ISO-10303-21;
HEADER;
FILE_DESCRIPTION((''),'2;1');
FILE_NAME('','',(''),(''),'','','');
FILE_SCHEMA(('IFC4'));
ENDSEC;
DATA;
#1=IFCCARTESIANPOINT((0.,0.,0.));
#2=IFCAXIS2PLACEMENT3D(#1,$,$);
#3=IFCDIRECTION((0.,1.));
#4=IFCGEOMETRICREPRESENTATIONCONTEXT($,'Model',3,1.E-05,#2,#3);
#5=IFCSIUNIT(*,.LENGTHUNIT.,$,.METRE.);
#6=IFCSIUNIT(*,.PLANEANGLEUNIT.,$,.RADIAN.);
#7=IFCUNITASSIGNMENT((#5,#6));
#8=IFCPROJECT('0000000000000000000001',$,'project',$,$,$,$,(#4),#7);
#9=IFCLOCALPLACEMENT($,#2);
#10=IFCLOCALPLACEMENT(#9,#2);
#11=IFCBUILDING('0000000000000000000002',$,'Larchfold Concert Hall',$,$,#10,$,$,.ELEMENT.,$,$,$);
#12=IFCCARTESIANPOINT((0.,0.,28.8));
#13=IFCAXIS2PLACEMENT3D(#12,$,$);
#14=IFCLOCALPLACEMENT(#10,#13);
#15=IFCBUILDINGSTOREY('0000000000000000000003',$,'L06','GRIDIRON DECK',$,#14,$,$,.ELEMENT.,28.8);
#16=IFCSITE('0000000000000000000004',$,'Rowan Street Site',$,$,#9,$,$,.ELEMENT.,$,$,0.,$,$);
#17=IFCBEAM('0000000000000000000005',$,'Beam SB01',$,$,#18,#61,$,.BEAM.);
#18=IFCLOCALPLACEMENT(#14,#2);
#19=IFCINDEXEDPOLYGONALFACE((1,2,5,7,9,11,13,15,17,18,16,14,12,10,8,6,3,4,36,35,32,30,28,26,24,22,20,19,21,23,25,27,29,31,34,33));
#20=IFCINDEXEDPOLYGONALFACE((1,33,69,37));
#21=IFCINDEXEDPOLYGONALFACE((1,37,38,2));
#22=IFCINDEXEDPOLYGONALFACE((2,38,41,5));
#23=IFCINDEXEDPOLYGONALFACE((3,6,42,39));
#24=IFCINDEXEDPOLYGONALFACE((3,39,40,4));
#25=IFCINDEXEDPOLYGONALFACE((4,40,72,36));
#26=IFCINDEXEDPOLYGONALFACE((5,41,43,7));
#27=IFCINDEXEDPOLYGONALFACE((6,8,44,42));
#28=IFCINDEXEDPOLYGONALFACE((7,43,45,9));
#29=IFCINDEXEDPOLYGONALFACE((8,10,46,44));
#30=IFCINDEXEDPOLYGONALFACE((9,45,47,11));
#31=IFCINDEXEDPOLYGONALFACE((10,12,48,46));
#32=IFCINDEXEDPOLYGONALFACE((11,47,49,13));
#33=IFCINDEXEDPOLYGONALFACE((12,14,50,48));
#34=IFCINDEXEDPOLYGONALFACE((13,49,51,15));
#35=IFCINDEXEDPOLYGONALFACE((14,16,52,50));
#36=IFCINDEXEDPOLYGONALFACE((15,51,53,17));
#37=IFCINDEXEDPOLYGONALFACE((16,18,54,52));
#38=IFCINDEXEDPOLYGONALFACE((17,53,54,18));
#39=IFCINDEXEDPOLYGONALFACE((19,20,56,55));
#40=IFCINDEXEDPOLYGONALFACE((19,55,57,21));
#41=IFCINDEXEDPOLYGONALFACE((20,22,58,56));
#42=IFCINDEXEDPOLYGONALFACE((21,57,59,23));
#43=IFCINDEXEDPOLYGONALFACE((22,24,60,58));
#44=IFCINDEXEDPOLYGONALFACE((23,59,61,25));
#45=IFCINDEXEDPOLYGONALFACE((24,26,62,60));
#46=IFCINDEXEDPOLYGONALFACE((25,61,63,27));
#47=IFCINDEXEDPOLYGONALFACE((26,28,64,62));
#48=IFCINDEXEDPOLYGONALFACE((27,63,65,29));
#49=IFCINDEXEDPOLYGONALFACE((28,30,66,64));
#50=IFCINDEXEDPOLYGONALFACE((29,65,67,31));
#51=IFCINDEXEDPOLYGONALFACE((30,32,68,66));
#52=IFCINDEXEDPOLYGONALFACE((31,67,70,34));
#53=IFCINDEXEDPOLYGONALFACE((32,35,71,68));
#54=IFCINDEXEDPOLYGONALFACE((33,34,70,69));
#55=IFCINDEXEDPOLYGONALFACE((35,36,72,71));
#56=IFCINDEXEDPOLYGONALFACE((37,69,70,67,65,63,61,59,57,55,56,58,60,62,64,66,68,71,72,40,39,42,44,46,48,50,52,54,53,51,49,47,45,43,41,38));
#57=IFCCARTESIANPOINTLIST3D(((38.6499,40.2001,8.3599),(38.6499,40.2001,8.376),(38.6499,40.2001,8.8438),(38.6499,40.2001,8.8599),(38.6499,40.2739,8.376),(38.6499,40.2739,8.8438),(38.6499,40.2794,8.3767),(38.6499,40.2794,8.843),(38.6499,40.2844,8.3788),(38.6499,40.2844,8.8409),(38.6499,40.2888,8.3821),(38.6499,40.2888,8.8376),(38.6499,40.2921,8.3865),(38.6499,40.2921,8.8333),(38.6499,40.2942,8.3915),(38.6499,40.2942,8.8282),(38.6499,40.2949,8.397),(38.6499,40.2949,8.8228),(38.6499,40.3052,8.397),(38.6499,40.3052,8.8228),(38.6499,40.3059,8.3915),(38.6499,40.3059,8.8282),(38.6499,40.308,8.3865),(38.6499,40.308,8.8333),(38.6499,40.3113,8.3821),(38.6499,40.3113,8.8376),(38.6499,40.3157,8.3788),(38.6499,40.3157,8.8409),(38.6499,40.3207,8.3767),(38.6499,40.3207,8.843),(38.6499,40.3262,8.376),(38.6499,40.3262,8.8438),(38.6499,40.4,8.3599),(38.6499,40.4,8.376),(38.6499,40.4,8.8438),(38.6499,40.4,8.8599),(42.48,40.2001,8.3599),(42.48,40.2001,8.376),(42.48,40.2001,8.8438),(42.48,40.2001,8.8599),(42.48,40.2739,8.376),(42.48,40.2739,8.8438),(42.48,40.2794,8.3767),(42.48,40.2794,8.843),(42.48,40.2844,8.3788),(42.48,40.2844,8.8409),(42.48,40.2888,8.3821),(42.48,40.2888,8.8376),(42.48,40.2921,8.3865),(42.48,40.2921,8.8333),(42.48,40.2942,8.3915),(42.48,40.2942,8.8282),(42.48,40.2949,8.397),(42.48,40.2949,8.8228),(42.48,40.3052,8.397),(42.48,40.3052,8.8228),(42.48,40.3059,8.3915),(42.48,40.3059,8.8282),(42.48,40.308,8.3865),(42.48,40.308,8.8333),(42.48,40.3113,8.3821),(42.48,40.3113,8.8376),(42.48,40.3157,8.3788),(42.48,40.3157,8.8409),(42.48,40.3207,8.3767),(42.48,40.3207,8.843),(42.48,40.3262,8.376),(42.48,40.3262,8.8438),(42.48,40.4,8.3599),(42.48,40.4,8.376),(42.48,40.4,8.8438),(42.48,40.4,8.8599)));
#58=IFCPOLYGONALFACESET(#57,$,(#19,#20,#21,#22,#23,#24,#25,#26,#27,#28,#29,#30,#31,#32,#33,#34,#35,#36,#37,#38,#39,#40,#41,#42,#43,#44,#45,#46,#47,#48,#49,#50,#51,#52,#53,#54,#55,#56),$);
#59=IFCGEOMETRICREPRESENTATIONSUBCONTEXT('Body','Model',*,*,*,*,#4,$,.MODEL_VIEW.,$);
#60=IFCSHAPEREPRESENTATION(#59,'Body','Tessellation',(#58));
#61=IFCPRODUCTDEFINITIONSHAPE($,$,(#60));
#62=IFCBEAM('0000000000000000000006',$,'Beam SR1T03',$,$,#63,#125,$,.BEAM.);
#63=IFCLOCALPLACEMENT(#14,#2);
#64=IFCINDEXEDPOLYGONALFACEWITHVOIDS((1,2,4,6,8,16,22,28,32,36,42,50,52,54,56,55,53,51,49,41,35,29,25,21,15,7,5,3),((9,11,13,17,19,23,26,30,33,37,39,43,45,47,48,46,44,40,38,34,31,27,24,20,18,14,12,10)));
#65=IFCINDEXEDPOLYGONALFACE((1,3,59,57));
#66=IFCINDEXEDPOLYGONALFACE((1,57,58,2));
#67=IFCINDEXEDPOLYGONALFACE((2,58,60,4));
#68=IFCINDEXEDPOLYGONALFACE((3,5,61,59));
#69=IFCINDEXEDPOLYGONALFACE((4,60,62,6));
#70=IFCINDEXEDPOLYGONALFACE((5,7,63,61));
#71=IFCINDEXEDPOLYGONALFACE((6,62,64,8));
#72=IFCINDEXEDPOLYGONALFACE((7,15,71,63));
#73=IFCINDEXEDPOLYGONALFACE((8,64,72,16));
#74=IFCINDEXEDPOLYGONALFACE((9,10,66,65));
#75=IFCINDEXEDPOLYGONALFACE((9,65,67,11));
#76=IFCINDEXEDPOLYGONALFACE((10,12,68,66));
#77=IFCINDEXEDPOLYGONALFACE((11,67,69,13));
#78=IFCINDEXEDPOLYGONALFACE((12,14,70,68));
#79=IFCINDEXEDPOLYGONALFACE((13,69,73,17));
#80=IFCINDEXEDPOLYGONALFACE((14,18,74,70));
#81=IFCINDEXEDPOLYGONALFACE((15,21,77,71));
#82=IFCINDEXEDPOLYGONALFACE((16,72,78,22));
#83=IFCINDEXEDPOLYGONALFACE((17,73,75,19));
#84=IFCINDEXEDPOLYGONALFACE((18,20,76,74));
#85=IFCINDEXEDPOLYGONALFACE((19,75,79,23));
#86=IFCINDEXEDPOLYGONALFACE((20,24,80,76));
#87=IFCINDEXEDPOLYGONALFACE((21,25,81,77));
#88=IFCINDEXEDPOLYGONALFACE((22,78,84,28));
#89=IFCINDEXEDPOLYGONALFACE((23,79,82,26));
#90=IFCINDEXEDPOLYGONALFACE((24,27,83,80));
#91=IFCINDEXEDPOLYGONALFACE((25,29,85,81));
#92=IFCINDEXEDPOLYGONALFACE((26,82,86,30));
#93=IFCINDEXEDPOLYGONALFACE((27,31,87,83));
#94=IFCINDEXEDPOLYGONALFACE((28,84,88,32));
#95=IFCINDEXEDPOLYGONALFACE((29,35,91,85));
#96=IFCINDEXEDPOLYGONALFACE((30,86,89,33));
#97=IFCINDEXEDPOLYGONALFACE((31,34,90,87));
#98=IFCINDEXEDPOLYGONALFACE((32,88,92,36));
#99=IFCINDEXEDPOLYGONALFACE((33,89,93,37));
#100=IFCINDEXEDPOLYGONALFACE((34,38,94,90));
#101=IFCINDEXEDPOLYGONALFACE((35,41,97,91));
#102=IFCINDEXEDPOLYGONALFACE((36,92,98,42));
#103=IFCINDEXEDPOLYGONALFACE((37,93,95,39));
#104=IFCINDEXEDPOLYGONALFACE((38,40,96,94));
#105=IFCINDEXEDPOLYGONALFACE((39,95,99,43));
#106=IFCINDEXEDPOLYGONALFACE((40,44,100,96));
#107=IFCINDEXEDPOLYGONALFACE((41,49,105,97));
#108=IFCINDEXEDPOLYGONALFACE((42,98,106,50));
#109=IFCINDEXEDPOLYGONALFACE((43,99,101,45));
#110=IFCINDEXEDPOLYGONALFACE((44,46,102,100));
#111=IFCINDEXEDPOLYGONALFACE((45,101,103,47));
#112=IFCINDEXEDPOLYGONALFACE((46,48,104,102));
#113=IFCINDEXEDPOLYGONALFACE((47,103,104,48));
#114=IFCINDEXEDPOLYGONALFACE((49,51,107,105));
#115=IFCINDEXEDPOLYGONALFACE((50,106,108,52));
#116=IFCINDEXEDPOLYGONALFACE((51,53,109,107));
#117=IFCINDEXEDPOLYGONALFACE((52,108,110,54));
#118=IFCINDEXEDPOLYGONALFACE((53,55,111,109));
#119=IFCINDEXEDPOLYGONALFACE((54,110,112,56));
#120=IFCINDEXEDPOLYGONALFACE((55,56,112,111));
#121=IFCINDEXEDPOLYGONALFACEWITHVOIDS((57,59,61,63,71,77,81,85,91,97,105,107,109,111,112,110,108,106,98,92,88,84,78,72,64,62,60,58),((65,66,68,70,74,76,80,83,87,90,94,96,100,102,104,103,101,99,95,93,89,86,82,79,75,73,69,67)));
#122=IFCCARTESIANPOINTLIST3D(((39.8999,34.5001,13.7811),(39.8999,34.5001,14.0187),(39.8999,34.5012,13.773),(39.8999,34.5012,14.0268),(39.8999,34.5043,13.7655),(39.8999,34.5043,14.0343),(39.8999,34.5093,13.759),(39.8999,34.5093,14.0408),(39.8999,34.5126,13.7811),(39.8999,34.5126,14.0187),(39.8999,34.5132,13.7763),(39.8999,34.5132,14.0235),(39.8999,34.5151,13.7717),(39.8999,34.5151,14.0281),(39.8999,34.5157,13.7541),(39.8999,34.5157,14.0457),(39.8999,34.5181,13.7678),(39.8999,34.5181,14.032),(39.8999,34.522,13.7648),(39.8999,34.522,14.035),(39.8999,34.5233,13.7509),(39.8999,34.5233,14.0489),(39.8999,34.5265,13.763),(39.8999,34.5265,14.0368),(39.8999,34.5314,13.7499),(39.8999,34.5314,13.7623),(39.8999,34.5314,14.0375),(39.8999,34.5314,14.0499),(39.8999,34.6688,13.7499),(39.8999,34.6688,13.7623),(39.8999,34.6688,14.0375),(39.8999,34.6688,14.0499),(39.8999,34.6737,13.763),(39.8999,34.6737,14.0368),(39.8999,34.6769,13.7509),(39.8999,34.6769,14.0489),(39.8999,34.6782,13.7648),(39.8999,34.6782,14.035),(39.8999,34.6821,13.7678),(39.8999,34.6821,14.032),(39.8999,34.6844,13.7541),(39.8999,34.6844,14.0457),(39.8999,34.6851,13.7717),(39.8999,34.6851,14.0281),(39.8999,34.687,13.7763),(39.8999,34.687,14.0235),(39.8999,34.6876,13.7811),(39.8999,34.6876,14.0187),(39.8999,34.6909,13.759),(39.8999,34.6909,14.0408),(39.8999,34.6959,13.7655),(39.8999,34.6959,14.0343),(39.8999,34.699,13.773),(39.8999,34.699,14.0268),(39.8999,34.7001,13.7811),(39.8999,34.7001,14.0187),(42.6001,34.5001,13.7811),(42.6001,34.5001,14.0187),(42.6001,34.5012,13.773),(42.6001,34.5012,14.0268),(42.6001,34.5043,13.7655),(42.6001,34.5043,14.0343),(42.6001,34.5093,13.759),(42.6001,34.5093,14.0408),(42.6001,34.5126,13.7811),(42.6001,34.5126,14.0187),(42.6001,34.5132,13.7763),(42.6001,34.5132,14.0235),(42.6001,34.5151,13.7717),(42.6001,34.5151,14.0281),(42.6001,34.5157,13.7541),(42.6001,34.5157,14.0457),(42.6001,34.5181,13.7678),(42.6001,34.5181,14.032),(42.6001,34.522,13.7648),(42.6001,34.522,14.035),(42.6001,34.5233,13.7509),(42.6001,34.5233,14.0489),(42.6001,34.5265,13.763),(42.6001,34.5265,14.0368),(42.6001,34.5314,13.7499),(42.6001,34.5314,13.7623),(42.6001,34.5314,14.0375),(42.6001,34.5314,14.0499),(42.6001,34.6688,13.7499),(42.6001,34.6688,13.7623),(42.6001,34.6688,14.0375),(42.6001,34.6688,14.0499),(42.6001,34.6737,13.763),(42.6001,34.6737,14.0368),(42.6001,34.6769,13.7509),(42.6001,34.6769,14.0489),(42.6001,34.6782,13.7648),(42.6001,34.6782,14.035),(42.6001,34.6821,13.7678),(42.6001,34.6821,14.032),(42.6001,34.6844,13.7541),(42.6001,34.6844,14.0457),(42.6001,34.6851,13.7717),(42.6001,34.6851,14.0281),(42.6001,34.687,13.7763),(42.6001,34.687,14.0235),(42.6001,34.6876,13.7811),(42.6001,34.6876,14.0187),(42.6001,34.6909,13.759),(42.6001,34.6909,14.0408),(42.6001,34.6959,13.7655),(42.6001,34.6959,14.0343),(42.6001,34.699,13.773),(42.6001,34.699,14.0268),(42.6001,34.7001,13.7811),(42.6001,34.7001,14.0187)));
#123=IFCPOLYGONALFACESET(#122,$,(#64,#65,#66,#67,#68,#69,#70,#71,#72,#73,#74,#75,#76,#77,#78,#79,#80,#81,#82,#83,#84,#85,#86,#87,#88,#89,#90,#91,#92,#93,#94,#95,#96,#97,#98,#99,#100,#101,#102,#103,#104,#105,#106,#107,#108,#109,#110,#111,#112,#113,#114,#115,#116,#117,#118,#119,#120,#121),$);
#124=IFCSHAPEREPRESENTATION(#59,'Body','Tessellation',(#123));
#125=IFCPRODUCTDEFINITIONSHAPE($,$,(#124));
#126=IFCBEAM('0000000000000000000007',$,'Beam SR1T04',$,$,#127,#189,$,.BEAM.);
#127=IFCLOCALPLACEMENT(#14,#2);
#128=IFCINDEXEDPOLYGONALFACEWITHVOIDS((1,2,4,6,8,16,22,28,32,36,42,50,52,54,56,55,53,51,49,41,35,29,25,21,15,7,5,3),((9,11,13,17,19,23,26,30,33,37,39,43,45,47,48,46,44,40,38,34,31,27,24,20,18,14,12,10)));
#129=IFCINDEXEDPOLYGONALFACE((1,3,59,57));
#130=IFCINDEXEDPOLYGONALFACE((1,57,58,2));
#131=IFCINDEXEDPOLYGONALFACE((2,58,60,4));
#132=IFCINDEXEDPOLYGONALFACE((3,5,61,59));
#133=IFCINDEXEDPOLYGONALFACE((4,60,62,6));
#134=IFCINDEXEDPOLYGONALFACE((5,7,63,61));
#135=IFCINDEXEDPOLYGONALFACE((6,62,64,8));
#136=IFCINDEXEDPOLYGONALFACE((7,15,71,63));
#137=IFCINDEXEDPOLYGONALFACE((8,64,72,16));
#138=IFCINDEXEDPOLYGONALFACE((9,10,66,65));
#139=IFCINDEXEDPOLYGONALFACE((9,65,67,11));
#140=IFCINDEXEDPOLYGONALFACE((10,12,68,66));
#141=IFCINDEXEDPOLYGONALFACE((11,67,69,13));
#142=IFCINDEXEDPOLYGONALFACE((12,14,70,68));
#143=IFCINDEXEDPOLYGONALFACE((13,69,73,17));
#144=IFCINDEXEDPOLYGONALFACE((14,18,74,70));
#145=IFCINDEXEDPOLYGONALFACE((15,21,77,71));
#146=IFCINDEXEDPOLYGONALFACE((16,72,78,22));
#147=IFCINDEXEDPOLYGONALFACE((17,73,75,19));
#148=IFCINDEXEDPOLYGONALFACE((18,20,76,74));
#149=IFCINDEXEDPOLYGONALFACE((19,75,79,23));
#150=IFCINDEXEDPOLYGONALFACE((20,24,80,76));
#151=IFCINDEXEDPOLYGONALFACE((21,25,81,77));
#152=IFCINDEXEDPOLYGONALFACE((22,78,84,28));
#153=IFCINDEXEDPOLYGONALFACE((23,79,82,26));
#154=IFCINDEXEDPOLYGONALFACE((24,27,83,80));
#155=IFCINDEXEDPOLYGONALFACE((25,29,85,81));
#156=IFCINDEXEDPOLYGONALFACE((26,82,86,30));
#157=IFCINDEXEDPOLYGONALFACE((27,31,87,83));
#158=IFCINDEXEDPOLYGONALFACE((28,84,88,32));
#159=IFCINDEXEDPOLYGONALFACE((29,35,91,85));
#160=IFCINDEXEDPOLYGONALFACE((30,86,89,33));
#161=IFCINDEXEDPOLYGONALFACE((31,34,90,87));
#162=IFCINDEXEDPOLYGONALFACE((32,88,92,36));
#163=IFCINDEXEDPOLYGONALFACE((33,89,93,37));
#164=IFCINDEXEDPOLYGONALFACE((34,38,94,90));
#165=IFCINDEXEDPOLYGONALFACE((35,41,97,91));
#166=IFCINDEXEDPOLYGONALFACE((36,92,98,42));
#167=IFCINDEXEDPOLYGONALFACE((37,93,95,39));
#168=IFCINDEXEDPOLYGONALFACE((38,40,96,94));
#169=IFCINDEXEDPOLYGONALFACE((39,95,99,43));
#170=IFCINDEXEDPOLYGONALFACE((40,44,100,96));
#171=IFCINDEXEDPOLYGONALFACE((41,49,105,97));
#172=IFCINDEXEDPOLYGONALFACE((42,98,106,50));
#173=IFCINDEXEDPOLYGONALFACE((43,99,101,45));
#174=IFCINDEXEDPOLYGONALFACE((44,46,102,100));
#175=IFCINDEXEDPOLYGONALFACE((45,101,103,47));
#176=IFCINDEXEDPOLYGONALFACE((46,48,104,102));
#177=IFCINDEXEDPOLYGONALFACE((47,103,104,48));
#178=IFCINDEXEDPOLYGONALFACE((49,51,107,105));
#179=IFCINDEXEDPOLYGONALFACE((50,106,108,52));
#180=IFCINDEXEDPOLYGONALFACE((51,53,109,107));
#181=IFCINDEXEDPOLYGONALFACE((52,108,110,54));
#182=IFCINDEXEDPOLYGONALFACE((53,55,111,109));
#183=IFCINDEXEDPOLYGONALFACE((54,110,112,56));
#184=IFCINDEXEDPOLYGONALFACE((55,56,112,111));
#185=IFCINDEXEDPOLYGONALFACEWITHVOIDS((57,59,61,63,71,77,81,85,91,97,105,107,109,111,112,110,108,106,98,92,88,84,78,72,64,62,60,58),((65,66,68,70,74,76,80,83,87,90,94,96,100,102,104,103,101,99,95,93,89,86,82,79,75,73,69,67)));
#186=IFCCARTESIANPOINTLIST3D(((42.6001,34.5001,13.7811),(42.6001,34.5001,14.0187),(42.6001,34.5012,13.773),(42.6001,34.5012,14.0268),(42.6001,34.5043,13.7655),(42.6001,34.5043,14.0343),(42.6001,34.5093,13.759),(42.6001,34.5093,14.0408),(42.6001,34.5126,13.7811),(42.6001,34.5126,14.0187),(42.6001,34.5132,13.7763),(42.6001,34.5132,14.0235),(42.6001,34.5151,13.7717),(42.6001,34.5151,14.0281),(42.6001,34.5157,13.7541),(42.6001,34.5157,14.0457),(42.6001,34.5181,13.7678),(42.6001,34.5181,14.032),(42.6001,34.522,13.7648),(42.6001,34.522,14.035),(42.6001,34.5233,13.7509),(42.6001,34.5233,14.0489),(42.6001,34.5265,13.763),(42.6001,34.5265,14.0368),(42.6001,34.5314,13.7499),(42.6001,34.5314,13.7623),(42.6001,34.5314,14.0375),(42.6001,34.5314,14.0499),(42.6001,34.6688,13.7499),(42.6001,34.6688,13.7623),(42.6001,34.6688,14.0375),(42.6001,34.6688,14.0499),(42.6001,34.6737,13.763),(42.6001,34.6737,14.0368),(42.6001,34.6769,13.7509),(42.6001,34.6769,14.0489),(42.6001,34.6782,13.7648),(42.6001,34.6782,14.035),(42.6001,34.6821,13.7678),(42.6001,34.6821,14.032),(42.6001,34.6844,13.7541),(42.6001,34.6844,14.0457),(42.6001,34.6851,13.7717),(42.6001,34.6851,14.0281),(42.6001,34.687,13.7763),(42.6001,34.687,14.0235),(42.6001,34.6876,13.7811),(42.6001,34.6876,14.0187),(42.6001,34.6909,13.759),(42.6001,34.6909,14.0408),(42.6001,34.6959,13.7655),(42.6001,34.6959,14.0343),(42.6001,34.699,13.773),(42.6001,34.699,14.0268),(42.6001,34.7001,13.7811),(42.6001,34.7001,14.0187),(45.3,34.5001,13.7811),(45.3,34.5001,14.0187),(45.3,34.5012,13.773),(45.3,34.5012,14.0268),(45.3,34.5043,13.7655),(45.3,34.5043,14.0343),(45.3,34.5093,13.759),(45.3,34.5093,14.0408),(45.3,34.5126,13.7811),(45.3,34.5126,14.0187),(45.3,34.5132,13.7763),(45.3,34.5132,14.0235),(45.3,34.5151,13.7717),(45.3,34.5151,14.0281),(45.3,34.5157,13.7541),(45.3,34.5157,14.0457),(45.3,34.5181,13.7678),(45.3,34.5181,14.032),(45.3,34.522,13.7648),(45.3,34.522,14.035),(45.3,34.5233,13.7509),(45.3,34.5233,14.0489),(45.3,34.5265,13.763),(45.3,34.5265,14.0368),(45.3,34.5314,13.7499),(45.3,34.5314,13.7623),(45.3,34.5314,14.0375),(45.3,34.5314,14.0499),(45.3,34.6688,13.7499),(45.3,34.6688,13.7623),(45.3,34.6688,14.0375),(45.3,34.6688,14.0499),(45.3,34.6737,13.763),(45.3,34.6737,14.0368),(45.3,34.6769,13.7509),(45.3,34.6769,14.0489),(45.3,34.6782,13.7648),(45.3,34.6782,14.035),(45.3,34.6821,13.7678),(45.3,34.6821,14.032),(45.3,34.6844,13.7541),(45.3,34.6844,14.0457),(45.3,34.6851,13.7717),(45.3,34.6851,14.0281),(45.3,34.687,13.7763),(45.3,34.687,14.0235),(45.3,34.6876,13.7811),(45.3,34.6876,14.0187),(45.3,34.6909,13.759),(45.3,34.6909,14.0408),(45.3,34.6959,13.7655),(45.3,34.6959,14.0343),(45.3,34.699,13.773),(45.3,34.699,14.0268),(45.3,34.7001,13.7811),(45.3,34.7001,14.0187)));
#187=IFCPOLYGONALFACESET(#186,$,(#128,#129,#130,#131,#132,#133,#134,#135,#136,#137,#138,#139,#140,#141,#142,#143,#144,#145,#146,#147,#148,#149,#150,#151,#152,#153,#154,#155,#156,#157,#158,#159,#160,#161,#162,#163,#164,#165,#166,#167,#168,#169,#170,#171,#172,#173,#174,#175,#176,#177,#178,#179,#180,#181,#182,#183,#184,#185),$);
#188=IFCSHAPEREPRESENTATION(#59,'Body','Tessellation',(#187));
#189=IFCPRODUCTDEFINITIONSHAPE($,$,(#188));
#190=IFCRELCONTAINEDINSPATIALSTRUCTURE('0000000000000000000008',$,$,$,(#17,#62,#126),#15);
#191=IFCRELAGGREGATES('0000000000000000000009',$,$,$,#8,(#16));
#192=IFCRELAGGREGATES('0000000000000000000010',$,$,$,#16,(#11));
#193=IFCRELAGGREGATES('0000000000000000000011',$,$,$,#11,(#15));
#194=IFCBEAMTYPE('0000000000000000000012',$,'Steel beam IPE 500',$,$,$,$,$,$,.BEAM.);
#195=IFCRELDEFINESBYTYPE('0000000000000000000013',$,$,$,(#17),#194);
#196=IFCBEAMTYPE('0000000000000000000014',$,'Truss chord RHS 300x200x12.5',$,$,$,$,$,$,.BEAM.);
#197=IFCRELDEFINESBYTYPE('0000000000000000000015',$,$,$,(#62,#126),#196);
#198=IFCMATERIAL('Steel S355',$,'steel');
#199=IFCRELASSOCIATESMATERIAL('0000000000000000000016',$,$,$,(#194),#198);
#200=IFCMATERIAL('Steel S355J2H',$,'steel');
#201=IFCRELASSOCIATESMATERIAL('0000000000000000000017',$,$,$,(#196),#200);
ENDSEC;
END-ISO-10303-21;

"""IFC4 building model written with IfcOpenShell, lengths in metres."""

from ifc_helpers import new_model, si_unit, direction, frame, origin, origin_2d, place, context, subcontext, project, spatial, hollow_rectangle, i_section, extrude, material, material_profile, profile_set, type_object, element, save


model = new_model("IFC4")

# Units and contexts
model_context = context("Model", 3, precision=1e-05, world=origin(), true_north=direction((0.0, 1.0)))
body_context = subcontext(model_context, "Body", "Model", "MODEL_VIEW")
ifc_project = project(units=[si_unit("LENGTHUNIT", "METRE"), si_unit("PLANEANGLEUNIT", "RADIAN")], contexts=[model_context])

# Site, building, storey
site_placement = place(None, origin())
site = spatial("IfcSite", under=ifc_project, at=site_placement, Name="Rowan Street Site", CompositionType="ELEMENT", RefElevation=0.0)
building_placement = place(site_placement, origin())
building = spatial("IfcBuilding", under=site, at=building_placement, Name="Larchfold Concert Hall", CompositionType="ELEMENT")
storey_placement = place(building_placement, frame((0.0, 0.0, 28.8)))
storey = spatial("IfcBuildingStorey", under=building, at=storey_placement, Name="L06", Description="GRIDIRON DECK", CompositionType="ELEMENT", Elevation=28.8)

# Beams
ifc_material_1 = material(Name="Steel S355", Category="steel")
ifc_material_profile_1 = material_profile(ifc_material_1, i_section(OverallWidth=0.2, OverallDepth=0.5, WebThickness=0.0103, FlangeThickness=0.0161, FilletRadius=0.021, at=origin_2d()))
ifc_profile_set_1 = profile_set([ifc_material_profile_1], Name="Steel S355")
beam_type_1 = type_object("IfcBeamType", Name="Steel beam IPE 500", PredefinedType="BEAM", material=ifc_profile_set_1)
beam_1_placement = place(storey_placement, frame((38.6499, 40.3, 8.6099), z_axis=(1.0, 0.0, 0.0), x_axis=(0.0, 1.0, 0.0)))
element("IfcBeam", 1, at=beam_1_placement, inside=storey, type_object=beam_type_1, Name="Beam SB01", PredefinedType="BEAM", context=body_context, shape_type="SweptSolid", body=[
    extrude(i_section(OverallWidth=0.2, OverallDepth=0.5, WebThickness=0.0103, FlangeThickness=0.0161, FilletRadius=0.021, at=origin_2d()), origin(), (0.0, 0.0, 1.0), 3.8301),
])
ifc_material_2 = material(Name="Steel S355J2H", Category="steel")
ifc_material_profile_2 = material_profile(ifc_material_2, hollow_rectangle(XDim=0.2, YDim=0.3, WallThickness=0.0125, InnerFilletRadius=0.0188, OuterFilletRadius=0.0312, at=origin_2d()))
ifc_profile_set_2 = profile_set([ifc_material_profile_2], Name="Steel S355J2H")
beam_type_2 = type_object("IfcBeamType", Name="Truss chord RHS 300x200x12.5", PredefinedType="BEAM", material=ifc_profile_set_2)
beam_2_placement = place(storey_placement, frame((39.8999, 34.6001, 13.8999), z_axis=(1.0, 0.0, 0.0), x_axis=(0.0, 1.0, 0.0)))
element("IfcBeam", 2, at=beam_2_placement, inside=storey, type_object=beam_type_2, Name="Beam SR1T03", PredefinedType="BEAM", context=body_context, shape_type="SweptSolid", body=[
    extrude(hollow_rectangle(XDim=0.2, YDim=0.3, WallThickness=0.0125, InnerFilletRadius=0.0188, OuterFilletRadius=0.0312, at=origin_2d()), origin(), (0.0, 0.0, 1.0), 2.7002),
])
beam_3_placement = place(storey_placement, frame((42.6001, 34.6001, 13.8999), z_axis=(1.0, 0.0, 0.0), x_axis=(0.0, 1.0, 0.0)))
element("IfcBeam", 3, at=beam_3_placement, inside=storey, type_object=beam_type_2, Name="Beam SR1T04", PredefinedType="BEAM", context=body_context, shape_type="SweptSolid", body=[
    extrude(hollow_rectangle(XDim=0.2, YDim=0.3, WallThickness=0.0125, InnerFilletRadius=0.0188, OuterFilletRadius=0.0312, at=origin_2d()), origin(), (0.0, 0.0, 1.0), 2.7),
])

save(model, "model.ifc")
